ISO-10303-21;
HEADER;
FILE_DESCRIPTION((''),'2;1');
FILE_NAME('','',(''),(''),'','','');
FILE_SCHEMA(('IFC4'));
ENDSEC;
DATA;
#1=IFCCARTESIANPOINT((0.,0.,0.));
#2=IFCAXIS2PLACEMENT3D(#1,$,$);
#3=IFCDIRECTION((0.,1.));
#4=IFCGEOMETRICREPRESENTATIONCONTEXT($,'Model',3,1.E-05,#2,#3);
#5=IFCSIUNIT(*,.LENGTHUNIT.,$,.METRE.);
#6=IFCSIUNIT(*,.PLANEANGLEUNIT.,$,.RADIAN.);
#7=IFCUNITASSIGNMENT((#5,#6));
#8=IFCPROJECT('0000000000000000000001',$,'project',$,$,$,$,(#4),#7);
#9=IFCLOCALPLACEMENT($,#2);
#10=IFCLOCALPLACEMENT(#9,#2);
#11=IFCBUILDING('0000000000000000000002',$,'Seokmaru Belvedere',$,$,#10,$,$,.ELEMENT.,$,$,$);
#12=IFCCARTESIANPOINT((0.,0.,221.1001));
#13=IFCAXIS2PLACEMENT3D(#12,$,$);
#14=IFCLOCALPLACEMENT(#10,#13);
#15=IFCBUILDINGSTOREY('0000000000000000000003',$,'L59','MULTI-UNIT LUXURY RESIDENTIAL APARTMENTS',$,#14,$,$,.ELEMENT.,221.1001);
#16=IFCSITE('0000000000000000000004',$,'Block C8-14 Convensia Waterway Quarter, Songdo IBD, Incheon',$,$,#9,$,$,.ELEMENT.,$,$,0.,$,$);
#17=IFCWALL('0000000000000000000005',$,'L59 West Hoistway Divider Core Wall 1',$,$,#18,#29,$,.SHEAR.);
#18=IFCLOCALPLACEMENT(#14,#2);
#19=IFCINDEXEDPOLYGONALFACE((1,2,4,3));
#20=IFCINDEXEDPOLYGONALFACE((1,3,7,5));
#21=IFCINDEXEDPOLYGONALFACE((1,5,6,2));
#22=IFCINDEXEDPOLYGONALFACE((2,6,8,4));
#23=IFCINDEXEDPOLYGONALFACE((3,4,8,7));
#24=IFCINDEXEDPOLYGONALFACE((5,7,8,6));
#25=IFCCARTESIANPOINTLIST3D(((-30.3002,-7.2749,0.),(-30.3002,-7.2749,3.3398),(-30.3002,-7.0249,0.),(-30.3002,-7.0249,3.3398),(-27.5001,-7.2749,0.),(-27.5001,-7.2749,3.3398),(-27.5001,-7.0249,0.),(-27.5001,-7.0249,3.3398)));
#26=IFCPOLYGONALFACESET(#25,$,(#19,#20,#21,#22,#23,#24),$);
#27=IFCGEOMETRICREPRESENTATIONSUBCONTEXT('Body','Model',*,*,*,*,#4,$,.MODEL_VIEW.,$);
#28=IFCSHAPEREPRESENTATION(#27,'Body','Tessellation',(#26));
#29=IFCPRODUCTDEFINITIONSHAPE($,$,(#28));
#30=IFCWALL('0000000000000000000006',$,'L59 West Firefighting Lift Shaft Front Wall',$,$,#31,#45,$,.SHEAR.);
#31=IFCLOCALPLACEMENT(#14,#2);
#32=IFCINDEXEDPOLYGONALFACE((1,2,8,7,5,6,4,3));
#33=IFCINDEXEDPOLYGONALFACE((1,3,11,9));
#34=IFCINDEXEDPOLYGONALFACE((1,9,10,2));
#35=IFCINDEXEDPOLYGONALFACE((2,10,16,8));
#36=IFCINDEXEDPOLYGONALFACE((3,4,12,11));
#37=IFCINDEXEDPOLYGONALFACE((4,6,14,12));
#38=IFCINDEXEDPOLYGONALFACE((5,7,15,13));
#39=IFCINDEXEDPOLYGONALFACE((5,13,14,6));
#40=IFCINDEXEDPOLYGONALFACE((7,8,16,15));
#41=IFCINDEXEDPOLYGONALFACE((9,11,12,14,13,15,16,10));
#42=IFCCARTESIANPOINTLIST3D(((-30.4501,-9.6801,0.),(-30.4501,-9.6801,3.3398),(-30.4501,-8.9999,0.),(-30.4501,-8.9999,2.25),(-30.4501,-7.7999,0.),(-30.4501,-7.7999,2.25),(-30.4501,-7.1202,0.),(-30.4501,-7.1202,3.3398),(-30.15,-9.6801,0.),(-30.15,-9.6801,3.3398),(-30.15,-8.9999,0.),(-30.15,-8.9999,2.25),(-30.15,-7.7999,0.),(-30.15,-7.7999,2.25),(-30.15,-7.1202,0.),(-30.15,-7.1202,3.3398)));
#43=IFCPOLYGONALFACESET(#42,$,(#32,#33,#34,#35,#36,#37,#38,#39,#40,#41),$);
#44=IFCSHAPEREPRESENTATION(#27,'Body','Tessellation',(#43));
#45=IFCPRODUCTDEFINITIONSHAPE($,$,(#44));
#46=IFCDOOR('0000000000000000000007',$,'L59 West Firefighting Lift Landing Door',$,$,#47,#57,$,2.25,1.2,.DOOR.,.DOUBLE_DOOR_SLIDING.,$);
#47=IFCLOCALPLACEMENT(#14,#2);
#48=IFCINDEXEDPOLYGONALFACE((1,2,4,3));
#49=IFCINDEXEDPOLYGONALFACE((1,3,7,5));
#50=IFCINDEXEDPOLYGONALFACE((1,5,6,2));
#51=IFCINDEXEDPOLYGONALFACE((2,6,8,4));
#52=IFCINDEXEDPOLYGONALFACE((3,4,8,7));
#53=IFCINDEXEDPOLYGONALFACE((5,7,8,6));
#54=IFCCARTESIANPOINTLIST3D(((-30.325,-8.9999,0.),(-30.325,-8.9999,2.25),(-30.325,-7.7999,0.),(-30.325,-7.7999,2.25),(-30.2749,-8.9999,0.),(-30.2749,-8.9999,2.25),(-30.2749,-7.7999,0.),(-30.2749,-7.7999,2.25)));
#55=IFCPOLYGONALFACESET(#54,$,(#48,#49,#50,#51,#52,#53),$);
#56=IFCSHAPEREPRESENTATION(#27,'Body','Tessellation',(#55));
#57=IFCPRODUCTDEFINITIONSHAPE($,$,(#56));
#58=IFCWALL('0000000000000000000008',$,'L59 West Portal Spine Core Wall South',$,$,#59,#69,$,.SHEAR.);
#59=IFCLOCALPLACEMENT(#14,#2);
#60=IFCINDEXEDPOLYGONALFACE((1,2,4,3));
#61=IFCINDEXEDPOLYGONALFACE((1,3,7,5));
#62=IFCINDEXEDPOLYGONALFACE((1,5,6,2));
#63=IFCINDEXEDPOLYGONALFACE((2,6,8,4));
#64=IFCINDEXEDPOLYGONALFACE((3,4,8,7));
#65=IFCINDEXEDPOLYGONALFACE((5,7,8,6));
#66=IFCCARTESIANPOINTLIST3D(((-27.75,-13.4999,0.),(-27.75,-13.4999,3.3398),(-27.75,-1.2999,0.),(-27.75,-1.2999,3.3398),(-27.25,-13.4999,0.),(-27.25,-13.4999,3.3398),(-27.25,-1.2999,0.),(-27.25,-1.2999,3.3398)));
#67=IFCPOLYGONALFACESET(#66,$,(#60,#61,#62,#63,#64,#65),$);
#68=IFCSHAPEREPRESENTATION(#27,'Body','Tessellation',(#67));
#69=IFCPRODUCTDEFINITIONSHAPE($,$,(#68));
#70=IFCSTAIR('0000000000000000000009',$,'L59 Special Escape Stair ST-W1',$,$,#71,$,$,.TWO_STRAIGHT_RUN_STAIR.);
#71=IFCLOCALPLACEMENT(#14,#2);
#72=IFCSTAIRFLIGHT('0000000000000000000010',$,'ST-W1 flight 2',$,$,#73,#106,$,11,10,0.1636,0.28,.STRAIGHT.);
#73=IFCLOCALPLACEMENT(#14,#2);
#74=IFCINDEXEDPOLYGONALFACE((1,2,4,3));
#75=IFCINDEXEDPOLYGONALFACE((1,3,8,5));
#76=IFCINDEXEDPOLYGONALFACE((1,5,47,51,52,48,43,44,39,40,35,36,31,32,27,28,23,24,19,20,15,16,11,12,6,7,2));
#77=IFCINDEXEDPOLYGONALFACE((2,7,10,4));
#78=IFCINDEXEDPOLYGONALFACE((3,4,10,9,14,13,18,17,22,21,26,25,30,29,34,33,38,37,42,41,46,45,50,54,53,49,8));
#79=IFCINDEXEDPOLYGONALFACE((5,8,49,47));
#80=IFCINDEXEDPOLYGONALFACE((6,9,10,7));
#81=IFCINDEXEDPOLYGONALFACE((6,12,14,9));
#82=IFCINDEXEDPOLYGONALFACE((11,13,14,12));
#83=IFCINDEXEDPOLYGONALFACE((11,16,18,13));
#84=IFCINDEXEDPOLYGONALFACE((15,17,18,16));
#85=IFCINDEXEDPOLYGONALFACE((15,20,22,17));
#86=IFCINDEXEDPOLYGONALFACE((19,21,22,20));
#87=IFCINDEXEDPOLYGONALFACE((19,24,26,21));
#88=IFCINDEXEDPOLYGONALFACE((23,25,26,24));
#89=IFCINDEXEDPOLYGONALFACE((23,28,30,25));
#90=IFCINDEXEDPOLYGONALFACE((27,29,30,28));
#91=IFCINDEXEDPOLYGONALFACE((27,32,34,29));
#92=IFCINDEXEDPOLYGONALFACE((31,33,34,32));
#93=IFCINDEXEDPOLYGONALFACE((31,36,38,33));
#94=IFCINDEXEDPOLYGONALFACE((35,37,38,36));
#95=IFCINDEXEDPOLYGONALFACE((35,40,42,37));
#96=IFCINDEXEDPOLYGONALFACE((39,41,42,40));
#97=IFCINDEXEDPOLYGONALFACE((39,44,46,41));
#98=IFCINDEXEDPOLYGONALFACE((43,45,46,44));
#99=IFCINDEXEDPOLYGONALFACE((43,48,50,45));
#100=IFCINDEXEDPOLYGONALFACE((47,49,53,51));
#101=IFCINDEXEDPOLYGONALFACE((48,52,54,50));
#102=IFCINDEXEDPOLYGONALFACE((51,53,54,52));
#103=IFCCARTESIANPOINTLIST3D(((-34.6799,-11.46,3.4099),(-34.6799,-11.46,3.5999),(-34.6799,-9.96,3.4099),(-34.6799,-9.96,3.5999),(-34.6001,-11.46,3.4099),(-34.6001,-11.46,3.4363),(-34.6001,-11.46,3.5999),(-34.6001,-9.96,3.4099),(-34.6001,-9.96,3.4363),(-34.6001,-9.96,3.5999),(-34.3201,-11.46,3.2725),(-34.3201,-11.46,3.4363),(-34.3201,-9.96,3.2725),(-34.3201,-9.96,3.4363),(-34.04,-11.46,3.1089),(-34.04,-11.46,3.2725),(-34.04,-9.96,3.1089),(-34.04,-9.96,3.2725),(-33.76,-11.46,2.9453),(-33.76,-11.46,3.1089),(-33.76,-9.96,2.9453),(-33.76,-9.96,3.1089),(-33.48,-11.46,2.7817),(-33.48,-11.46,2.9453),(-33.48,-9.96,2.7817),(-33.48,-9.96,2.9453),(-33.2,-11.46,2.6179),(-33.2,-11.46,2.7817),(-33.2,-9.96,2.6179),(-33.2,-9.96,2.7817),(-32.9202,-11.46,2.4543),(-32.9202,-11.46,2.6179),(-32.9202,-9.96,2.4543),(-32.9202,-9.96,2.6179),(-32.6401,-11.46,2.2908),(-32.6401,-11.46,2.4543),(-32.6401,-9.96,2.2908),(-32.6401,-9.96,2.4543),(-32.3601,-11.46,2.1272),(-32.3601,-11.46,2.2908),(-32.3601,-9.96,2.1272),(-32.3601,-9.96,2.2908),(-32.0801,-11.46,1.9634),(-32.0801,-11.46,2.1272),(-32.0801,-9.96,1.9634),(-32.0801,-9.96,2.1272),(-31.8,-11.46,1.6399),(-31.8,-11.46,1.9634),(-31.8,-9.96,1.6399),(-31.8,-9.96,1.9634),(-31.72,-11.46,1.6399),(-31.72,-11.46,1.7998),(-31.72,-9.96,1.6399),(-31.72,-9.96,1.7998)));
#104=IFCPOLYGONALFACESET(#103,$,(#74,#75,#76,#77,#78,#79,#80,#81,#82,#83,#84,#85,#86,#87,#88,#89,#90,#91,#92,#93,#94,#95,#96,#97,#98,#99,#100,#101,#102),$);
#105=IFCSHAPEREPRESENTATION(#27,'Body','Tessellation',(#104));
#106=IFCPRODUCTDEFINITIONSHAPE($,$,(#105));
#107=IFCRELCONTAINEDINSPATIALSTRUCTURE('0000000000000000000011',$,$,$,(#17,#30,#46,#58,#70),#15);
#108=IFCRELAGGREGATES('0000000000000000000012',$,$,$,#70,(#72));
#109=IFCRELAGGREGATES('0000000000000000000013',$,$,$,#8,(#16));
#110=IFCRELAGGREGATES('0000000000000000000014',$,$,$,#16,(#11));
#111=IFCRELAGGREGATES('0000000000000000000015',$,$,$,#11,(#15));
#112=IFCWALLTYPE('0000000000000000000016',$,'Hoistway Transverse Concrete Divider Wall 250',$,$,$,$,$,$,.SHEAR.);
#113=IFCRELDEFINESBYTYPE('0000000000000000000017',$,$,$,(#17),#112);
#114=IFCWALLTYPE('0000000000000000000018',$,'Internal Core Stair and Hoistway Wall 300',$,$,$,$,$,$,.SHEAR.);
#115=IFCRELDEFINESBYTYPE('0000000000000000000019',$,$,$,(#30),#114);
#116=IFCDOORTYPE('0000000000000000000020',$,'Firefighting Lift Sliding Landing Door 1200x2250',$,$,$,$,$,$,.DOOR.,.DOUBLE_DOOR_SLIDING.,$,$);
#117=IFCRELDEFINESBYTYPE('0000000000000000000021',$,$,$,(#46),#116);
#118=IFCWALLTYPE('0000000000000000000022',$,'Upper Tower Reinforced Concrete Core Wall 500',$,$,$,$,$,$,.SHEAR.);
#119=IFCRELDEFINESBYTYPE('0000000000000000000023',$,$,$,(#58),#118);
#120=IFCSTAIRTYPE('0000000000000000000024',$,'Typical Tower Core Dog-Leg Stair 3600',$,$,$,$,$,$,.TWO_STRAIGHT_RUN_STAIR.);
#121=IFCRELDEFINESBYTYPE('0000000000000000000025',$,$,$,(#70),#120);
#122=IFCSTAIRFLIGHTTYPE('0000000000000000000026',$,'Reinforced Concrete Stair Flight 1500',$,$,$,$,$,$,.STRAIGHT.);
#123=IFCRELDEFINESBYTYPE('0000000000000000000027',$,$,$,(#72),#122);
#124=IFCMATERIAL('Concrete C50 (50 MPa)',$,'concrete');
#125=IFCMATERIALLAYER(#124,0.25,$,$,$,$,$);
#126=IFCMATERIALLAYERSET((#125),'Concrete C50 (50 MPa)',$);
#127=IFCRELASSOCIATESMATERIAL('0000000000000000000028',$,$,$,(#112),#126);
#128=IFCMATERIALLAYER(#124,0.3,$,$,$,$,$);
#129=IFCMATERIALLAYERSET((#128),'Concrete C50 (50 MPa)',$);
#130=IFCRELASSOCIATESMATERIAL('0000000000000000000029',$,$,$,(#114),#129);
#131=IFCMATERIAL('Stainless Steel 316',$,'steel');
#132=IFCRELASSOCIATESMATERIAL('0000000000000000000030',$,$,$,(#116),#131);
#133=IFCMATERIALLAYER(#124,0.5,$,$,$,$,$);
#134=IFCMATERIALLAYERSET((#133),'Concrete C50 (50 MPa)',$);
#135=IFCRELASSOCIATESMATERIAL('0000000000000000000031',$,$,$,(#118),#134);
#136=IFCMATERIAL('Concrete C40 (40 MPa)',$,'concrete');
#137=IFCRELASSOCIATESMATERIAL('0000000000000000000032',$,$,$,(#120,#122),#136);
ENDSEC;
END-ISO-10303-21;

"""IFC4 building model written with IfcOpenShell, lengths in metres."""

from ifc_helpers import new_model, si_unit, direction, frame, frame_2d, origin, place, context, subcontext, project, spatial, polyline, rectangle, outline, extrude, source, transform, mapped, material, layer, layer_set, type_object, type_shapes, element, fill, aggregate, save


model = new_model("IFC4")

# Units and contexts
model_context = context("Model", 3, precision=1e-05, world=origin(), true_north=direction((0.0, 1.0)))
body_context = subcontext(model_context, "Body", "Model", "MODEL_VIEW")
ifc_project = project(units=[si_unit("LENGTHUNIT", "METRE"), si_unit("PLANEANGLEUNIT", "RADIAN")], contexts=[model_context])

# Site, building, storey
site_placement = place(None, origin())
site = spatial("IfcSite", under=ifc_project, at=site_placement, Name="Block C8-14 Convensia Waterway Quarter, Songdo IBD, Incheon", CompositionType="ELEMENT", RefElevation=0.0)
building_placement = place(site_placement, origin())
building = spatial("IfcBuilding", under=site, at=building_placement, Name="Seokmaru Belvedere", CompositionType="ELEMENT")
storey_placement = place(building_placement, frame((0.0, 0.0, 221.1001)))
storey = spatial("IfcBuildingStorey", under=building, at=storey_placement, Name="L59", Description="MULTI-UNIT LUXURY RESIDENTIAL APARTMENTS", CompositionType="ELEMENT", Elevation=221.1001)

# Wall
ifc_material_1 = material(Name="Concrete C50 (50 MPa)", Category="concrete")
ifc_layer_1 = layer(ifc_material_1, 0.25)
ifc_layer_set_1 = layer_set([ifc_layer_1], Name="Concrete C50 (50 MPa)")
wall_type_1 = type_object("IfcWallType", Name="Hoistway Transverse Concrete Divider Wall 250", PredefinedType="SHEAR", material=ifc_layer_set_1)
wall_1_placement = place(storey_placement, frame((-30.3, -7.1499, 0.0), z_axis=(0.0, 0.0, 1.0), x_axis=(1.0, 0.0, 0.0)))
element("IfcWall", 1, at=wall_1_placement, inside=storey, type_object=wall_type_1, Name="L59 West Hoistway Divider Core Wall 1", PredefinedType="SHEAR", context=body_context, shape_type="SweptSolid", body=[
    extrude(rectangle(XDim=2.8, YDim=0.25, at=frame_2d((1.3999, 0.0))), origin(), (0.0, 0.0, 1.0), 3.3398),
])

# Wall, opening, door
ifc_layer_2 = layer(ifc_material_1, 0.3)
ifc_layer_set_2 = layer_set([ifc_layer_2], Name="Concrete C50 (50 MPa)")
wall_type_2 = type_object("IfcWallType", Name="Internal Core Stair and Hoistway Wall 300", PredefinedType="SHEAR", material=ifc_layer_set_2)
wall_2_placement = place(storey_placement, frame((-30.3, -9.6799, 0.0), z_axis=(0.0, 0.0, 1.0), x_axis=(0.0, 1.0, 0.0)))
wall_2 = element("IfcWall", 2, at=wall_2_placement, inside=storey, type_object=wall_type_2, Name="L59 West Firefighting Lift Shaft Front Wall", PredefinedType="SHEAR", context=body_context, shape_type="SweptSolid", body=[
    extrude(rectangle(XDim=2.5598, YDim=0.3, at=frame_2d((1.2798, 0.0))), origin(), (0.0, 0.0, 1.0), 3.3398),
])
opening_1_placement = place(wall_2_placement, frame((0.6799, 0.0, 0.0)))
opening_1 = element("IfcOpeningElement", 3, at=opening_1_placement, cuts=wall_2, PredefinedType="OPENING", context=body_context, shape_type="SweptSolid", body=[
    extrude(rectangle(XDim=1.2, YDim=2.25, at=frame_2d((0.6001, 1.125))), frame((0.0, 0.1602, 0.0), z_axis=(0.0, -1.0, 0.0), x_axis=(1.0, 0.0, 0.0)), (0.0, 0.0, 1.0), 0.3201),
])
ifc_material_2 = material(Name="Stainless Steel 316", Category="steel")
door_type_1 = type_object("IfcDoorType", Name="Firefighting Lift Sliding Landing Door 1200x2250", OperationType="DOUBLE_DOOR_SLIDING", PredefinedType="DOOR", material=ifc_material_2)
shared_shape_1 = source(origin(), body_context, "Body", "SweptSolid", [
    extrude(rectangle(XDim=1.2, YDim=2.25, at=frame_2d((0.6001, 1.125))), frame((0.0, 0.0249, 0.0), z_axis=(0.0, -1.0, 0.0), x_axis=(1.0, 0.0, 0.0)), (0.0, 0.0, 1.0), 0.05),
])
type_shapes(door_type_1, [shared_shape_1])
door_1_placement = place(opening_1_placement, origin())
door_1 = element("IfcDoor", 4, at=door_1_placement, inside=storey, type_object=door_type_1, Name="L59 West Firefighting Lift Landing Door", OperationType="DOUBLE_DOOR_SLIDING", OverallHeight=2.25, OverallWidth=1.2, PredefinedType="DOOR", context=body_context, shape_type="MappedRepresentation", body=[
    mapped(shared_shape_1, transform((0.0, 0.0, 0.0), scale=1.0)),
])
fill(opening_1, door_1)

# Wall
ifc_layer_3 = layer(ifc_material_1, 0.5)
ifc_layer_set_3 = layer_set([ifc_layer_3], Name="Concrete C50 (50 MPa)")
wall_type_3 = type_object("IfcWallType", Name="Upper Tower Reinforced Concrete Core Wall 500", PredefinedType="SHEAR", material=ifc_layer_set_3)
wall_3_placement = place(storey_placement, frame((-27.5, -13.5, 0.0), z_axis=(0.0, 0.0, 1.0), x_axis=(0.0, 1.0, 0.0)))
element("IfcWall", 5, at=wall_3_placement, inside=storey, type_object=wall_type_3, Name="L59 West Portal Spine Core Wall South", PredefinedType="SHEAR", context=body_context, shape_type="SweptSolid", body=[
    extrude(rectangle(XDim=12.2, YDim=0.5, at=frame_2d((6.1001, 0.0))), origin(), (0.0, 0.0, 1.0), 3.3398),
])

# Stair, stair flight
ifc_material_3 = material(Name="Concrete C40 (40 MPa)", Category="concrete")
stair_type = type_object("IfcStairType", Name="Typical Tower Core Dog-Leg Stair 3600", PredefinedType="TWO_STRAIGHT_RUN_STAIR", material=ifc_material_3)
stair_placement = place(storey_placement, origin())
stair = element("IfcStair", 6, at=stair_placement, inside=storey, type_object=stair_type, Name="L59 Special Escape Stair ST-W1", PredefinedType="TWO_STRAIGHT_RUN_STAIR")
stair_flight_type = type_object("IfcStairFlightType", Name="Reinforced Concrete Stair Flight 1500", PredefinedType="STRAIGHT", material=ifc_material_3)
stair_flight_placement = place(storey_placement, frame((-31.8, -10.71, 1.7998), z_axis=(0.0, 0.0, 1.0), x_axis=(-1.0, 0.0, 0.0)))
stair_flight = element("IfcStairFlight", 7, at=stair_flight_placement, type_object=stair_flight_type, Name="ST-W1 flight 2", NumberOfRisers=11, NumberOfTreads=10, PredefinedType="STRAIGHT", RiserHeight=0.1636, TreadLength=0.28, context=body_context, shape_type="SweptSolid", body=[
    extrude(outline(polyline([(-0.0801, 0.0), (0.0, 0.1636), (0.28, 0.1636), (0.28, 0.3274), (0.5601, 0.3274), (0.5601, 0.491), (0.8401, 0.491), (0.8401, 0.6545), (1.1201, 0.6545), (1.1201, 0.8181), (1.3999, 0.8181), (1.3999, 0.9819), (1.6799, 0.9819), (1.6799, 1.1455), (1.96, 1.1455), (1.96, 1.3091), (2.24, 1.3091), (2.24, 1.4727), (2.52, 1.4727), (2.52, 1.6365), (2.8, 1.6365), (2.8, 1.8), (2.8799, 1.8), (2.8799, 1.6101), (2.8, 1.6101), (0.0, -0.1599), (-0.0801, -0.1599), (-0.0801, 0.0)])), frame((0.0, 0.75, 0.0), z_axis=(0.0, -1.0, 0.0), x_axis=(1.0, 0.0, 0.0)), (0.0, 0.0, 1.0), 1.5),
])
aggregate(stair, [stair_flight])

save(model, "model.ifc")
